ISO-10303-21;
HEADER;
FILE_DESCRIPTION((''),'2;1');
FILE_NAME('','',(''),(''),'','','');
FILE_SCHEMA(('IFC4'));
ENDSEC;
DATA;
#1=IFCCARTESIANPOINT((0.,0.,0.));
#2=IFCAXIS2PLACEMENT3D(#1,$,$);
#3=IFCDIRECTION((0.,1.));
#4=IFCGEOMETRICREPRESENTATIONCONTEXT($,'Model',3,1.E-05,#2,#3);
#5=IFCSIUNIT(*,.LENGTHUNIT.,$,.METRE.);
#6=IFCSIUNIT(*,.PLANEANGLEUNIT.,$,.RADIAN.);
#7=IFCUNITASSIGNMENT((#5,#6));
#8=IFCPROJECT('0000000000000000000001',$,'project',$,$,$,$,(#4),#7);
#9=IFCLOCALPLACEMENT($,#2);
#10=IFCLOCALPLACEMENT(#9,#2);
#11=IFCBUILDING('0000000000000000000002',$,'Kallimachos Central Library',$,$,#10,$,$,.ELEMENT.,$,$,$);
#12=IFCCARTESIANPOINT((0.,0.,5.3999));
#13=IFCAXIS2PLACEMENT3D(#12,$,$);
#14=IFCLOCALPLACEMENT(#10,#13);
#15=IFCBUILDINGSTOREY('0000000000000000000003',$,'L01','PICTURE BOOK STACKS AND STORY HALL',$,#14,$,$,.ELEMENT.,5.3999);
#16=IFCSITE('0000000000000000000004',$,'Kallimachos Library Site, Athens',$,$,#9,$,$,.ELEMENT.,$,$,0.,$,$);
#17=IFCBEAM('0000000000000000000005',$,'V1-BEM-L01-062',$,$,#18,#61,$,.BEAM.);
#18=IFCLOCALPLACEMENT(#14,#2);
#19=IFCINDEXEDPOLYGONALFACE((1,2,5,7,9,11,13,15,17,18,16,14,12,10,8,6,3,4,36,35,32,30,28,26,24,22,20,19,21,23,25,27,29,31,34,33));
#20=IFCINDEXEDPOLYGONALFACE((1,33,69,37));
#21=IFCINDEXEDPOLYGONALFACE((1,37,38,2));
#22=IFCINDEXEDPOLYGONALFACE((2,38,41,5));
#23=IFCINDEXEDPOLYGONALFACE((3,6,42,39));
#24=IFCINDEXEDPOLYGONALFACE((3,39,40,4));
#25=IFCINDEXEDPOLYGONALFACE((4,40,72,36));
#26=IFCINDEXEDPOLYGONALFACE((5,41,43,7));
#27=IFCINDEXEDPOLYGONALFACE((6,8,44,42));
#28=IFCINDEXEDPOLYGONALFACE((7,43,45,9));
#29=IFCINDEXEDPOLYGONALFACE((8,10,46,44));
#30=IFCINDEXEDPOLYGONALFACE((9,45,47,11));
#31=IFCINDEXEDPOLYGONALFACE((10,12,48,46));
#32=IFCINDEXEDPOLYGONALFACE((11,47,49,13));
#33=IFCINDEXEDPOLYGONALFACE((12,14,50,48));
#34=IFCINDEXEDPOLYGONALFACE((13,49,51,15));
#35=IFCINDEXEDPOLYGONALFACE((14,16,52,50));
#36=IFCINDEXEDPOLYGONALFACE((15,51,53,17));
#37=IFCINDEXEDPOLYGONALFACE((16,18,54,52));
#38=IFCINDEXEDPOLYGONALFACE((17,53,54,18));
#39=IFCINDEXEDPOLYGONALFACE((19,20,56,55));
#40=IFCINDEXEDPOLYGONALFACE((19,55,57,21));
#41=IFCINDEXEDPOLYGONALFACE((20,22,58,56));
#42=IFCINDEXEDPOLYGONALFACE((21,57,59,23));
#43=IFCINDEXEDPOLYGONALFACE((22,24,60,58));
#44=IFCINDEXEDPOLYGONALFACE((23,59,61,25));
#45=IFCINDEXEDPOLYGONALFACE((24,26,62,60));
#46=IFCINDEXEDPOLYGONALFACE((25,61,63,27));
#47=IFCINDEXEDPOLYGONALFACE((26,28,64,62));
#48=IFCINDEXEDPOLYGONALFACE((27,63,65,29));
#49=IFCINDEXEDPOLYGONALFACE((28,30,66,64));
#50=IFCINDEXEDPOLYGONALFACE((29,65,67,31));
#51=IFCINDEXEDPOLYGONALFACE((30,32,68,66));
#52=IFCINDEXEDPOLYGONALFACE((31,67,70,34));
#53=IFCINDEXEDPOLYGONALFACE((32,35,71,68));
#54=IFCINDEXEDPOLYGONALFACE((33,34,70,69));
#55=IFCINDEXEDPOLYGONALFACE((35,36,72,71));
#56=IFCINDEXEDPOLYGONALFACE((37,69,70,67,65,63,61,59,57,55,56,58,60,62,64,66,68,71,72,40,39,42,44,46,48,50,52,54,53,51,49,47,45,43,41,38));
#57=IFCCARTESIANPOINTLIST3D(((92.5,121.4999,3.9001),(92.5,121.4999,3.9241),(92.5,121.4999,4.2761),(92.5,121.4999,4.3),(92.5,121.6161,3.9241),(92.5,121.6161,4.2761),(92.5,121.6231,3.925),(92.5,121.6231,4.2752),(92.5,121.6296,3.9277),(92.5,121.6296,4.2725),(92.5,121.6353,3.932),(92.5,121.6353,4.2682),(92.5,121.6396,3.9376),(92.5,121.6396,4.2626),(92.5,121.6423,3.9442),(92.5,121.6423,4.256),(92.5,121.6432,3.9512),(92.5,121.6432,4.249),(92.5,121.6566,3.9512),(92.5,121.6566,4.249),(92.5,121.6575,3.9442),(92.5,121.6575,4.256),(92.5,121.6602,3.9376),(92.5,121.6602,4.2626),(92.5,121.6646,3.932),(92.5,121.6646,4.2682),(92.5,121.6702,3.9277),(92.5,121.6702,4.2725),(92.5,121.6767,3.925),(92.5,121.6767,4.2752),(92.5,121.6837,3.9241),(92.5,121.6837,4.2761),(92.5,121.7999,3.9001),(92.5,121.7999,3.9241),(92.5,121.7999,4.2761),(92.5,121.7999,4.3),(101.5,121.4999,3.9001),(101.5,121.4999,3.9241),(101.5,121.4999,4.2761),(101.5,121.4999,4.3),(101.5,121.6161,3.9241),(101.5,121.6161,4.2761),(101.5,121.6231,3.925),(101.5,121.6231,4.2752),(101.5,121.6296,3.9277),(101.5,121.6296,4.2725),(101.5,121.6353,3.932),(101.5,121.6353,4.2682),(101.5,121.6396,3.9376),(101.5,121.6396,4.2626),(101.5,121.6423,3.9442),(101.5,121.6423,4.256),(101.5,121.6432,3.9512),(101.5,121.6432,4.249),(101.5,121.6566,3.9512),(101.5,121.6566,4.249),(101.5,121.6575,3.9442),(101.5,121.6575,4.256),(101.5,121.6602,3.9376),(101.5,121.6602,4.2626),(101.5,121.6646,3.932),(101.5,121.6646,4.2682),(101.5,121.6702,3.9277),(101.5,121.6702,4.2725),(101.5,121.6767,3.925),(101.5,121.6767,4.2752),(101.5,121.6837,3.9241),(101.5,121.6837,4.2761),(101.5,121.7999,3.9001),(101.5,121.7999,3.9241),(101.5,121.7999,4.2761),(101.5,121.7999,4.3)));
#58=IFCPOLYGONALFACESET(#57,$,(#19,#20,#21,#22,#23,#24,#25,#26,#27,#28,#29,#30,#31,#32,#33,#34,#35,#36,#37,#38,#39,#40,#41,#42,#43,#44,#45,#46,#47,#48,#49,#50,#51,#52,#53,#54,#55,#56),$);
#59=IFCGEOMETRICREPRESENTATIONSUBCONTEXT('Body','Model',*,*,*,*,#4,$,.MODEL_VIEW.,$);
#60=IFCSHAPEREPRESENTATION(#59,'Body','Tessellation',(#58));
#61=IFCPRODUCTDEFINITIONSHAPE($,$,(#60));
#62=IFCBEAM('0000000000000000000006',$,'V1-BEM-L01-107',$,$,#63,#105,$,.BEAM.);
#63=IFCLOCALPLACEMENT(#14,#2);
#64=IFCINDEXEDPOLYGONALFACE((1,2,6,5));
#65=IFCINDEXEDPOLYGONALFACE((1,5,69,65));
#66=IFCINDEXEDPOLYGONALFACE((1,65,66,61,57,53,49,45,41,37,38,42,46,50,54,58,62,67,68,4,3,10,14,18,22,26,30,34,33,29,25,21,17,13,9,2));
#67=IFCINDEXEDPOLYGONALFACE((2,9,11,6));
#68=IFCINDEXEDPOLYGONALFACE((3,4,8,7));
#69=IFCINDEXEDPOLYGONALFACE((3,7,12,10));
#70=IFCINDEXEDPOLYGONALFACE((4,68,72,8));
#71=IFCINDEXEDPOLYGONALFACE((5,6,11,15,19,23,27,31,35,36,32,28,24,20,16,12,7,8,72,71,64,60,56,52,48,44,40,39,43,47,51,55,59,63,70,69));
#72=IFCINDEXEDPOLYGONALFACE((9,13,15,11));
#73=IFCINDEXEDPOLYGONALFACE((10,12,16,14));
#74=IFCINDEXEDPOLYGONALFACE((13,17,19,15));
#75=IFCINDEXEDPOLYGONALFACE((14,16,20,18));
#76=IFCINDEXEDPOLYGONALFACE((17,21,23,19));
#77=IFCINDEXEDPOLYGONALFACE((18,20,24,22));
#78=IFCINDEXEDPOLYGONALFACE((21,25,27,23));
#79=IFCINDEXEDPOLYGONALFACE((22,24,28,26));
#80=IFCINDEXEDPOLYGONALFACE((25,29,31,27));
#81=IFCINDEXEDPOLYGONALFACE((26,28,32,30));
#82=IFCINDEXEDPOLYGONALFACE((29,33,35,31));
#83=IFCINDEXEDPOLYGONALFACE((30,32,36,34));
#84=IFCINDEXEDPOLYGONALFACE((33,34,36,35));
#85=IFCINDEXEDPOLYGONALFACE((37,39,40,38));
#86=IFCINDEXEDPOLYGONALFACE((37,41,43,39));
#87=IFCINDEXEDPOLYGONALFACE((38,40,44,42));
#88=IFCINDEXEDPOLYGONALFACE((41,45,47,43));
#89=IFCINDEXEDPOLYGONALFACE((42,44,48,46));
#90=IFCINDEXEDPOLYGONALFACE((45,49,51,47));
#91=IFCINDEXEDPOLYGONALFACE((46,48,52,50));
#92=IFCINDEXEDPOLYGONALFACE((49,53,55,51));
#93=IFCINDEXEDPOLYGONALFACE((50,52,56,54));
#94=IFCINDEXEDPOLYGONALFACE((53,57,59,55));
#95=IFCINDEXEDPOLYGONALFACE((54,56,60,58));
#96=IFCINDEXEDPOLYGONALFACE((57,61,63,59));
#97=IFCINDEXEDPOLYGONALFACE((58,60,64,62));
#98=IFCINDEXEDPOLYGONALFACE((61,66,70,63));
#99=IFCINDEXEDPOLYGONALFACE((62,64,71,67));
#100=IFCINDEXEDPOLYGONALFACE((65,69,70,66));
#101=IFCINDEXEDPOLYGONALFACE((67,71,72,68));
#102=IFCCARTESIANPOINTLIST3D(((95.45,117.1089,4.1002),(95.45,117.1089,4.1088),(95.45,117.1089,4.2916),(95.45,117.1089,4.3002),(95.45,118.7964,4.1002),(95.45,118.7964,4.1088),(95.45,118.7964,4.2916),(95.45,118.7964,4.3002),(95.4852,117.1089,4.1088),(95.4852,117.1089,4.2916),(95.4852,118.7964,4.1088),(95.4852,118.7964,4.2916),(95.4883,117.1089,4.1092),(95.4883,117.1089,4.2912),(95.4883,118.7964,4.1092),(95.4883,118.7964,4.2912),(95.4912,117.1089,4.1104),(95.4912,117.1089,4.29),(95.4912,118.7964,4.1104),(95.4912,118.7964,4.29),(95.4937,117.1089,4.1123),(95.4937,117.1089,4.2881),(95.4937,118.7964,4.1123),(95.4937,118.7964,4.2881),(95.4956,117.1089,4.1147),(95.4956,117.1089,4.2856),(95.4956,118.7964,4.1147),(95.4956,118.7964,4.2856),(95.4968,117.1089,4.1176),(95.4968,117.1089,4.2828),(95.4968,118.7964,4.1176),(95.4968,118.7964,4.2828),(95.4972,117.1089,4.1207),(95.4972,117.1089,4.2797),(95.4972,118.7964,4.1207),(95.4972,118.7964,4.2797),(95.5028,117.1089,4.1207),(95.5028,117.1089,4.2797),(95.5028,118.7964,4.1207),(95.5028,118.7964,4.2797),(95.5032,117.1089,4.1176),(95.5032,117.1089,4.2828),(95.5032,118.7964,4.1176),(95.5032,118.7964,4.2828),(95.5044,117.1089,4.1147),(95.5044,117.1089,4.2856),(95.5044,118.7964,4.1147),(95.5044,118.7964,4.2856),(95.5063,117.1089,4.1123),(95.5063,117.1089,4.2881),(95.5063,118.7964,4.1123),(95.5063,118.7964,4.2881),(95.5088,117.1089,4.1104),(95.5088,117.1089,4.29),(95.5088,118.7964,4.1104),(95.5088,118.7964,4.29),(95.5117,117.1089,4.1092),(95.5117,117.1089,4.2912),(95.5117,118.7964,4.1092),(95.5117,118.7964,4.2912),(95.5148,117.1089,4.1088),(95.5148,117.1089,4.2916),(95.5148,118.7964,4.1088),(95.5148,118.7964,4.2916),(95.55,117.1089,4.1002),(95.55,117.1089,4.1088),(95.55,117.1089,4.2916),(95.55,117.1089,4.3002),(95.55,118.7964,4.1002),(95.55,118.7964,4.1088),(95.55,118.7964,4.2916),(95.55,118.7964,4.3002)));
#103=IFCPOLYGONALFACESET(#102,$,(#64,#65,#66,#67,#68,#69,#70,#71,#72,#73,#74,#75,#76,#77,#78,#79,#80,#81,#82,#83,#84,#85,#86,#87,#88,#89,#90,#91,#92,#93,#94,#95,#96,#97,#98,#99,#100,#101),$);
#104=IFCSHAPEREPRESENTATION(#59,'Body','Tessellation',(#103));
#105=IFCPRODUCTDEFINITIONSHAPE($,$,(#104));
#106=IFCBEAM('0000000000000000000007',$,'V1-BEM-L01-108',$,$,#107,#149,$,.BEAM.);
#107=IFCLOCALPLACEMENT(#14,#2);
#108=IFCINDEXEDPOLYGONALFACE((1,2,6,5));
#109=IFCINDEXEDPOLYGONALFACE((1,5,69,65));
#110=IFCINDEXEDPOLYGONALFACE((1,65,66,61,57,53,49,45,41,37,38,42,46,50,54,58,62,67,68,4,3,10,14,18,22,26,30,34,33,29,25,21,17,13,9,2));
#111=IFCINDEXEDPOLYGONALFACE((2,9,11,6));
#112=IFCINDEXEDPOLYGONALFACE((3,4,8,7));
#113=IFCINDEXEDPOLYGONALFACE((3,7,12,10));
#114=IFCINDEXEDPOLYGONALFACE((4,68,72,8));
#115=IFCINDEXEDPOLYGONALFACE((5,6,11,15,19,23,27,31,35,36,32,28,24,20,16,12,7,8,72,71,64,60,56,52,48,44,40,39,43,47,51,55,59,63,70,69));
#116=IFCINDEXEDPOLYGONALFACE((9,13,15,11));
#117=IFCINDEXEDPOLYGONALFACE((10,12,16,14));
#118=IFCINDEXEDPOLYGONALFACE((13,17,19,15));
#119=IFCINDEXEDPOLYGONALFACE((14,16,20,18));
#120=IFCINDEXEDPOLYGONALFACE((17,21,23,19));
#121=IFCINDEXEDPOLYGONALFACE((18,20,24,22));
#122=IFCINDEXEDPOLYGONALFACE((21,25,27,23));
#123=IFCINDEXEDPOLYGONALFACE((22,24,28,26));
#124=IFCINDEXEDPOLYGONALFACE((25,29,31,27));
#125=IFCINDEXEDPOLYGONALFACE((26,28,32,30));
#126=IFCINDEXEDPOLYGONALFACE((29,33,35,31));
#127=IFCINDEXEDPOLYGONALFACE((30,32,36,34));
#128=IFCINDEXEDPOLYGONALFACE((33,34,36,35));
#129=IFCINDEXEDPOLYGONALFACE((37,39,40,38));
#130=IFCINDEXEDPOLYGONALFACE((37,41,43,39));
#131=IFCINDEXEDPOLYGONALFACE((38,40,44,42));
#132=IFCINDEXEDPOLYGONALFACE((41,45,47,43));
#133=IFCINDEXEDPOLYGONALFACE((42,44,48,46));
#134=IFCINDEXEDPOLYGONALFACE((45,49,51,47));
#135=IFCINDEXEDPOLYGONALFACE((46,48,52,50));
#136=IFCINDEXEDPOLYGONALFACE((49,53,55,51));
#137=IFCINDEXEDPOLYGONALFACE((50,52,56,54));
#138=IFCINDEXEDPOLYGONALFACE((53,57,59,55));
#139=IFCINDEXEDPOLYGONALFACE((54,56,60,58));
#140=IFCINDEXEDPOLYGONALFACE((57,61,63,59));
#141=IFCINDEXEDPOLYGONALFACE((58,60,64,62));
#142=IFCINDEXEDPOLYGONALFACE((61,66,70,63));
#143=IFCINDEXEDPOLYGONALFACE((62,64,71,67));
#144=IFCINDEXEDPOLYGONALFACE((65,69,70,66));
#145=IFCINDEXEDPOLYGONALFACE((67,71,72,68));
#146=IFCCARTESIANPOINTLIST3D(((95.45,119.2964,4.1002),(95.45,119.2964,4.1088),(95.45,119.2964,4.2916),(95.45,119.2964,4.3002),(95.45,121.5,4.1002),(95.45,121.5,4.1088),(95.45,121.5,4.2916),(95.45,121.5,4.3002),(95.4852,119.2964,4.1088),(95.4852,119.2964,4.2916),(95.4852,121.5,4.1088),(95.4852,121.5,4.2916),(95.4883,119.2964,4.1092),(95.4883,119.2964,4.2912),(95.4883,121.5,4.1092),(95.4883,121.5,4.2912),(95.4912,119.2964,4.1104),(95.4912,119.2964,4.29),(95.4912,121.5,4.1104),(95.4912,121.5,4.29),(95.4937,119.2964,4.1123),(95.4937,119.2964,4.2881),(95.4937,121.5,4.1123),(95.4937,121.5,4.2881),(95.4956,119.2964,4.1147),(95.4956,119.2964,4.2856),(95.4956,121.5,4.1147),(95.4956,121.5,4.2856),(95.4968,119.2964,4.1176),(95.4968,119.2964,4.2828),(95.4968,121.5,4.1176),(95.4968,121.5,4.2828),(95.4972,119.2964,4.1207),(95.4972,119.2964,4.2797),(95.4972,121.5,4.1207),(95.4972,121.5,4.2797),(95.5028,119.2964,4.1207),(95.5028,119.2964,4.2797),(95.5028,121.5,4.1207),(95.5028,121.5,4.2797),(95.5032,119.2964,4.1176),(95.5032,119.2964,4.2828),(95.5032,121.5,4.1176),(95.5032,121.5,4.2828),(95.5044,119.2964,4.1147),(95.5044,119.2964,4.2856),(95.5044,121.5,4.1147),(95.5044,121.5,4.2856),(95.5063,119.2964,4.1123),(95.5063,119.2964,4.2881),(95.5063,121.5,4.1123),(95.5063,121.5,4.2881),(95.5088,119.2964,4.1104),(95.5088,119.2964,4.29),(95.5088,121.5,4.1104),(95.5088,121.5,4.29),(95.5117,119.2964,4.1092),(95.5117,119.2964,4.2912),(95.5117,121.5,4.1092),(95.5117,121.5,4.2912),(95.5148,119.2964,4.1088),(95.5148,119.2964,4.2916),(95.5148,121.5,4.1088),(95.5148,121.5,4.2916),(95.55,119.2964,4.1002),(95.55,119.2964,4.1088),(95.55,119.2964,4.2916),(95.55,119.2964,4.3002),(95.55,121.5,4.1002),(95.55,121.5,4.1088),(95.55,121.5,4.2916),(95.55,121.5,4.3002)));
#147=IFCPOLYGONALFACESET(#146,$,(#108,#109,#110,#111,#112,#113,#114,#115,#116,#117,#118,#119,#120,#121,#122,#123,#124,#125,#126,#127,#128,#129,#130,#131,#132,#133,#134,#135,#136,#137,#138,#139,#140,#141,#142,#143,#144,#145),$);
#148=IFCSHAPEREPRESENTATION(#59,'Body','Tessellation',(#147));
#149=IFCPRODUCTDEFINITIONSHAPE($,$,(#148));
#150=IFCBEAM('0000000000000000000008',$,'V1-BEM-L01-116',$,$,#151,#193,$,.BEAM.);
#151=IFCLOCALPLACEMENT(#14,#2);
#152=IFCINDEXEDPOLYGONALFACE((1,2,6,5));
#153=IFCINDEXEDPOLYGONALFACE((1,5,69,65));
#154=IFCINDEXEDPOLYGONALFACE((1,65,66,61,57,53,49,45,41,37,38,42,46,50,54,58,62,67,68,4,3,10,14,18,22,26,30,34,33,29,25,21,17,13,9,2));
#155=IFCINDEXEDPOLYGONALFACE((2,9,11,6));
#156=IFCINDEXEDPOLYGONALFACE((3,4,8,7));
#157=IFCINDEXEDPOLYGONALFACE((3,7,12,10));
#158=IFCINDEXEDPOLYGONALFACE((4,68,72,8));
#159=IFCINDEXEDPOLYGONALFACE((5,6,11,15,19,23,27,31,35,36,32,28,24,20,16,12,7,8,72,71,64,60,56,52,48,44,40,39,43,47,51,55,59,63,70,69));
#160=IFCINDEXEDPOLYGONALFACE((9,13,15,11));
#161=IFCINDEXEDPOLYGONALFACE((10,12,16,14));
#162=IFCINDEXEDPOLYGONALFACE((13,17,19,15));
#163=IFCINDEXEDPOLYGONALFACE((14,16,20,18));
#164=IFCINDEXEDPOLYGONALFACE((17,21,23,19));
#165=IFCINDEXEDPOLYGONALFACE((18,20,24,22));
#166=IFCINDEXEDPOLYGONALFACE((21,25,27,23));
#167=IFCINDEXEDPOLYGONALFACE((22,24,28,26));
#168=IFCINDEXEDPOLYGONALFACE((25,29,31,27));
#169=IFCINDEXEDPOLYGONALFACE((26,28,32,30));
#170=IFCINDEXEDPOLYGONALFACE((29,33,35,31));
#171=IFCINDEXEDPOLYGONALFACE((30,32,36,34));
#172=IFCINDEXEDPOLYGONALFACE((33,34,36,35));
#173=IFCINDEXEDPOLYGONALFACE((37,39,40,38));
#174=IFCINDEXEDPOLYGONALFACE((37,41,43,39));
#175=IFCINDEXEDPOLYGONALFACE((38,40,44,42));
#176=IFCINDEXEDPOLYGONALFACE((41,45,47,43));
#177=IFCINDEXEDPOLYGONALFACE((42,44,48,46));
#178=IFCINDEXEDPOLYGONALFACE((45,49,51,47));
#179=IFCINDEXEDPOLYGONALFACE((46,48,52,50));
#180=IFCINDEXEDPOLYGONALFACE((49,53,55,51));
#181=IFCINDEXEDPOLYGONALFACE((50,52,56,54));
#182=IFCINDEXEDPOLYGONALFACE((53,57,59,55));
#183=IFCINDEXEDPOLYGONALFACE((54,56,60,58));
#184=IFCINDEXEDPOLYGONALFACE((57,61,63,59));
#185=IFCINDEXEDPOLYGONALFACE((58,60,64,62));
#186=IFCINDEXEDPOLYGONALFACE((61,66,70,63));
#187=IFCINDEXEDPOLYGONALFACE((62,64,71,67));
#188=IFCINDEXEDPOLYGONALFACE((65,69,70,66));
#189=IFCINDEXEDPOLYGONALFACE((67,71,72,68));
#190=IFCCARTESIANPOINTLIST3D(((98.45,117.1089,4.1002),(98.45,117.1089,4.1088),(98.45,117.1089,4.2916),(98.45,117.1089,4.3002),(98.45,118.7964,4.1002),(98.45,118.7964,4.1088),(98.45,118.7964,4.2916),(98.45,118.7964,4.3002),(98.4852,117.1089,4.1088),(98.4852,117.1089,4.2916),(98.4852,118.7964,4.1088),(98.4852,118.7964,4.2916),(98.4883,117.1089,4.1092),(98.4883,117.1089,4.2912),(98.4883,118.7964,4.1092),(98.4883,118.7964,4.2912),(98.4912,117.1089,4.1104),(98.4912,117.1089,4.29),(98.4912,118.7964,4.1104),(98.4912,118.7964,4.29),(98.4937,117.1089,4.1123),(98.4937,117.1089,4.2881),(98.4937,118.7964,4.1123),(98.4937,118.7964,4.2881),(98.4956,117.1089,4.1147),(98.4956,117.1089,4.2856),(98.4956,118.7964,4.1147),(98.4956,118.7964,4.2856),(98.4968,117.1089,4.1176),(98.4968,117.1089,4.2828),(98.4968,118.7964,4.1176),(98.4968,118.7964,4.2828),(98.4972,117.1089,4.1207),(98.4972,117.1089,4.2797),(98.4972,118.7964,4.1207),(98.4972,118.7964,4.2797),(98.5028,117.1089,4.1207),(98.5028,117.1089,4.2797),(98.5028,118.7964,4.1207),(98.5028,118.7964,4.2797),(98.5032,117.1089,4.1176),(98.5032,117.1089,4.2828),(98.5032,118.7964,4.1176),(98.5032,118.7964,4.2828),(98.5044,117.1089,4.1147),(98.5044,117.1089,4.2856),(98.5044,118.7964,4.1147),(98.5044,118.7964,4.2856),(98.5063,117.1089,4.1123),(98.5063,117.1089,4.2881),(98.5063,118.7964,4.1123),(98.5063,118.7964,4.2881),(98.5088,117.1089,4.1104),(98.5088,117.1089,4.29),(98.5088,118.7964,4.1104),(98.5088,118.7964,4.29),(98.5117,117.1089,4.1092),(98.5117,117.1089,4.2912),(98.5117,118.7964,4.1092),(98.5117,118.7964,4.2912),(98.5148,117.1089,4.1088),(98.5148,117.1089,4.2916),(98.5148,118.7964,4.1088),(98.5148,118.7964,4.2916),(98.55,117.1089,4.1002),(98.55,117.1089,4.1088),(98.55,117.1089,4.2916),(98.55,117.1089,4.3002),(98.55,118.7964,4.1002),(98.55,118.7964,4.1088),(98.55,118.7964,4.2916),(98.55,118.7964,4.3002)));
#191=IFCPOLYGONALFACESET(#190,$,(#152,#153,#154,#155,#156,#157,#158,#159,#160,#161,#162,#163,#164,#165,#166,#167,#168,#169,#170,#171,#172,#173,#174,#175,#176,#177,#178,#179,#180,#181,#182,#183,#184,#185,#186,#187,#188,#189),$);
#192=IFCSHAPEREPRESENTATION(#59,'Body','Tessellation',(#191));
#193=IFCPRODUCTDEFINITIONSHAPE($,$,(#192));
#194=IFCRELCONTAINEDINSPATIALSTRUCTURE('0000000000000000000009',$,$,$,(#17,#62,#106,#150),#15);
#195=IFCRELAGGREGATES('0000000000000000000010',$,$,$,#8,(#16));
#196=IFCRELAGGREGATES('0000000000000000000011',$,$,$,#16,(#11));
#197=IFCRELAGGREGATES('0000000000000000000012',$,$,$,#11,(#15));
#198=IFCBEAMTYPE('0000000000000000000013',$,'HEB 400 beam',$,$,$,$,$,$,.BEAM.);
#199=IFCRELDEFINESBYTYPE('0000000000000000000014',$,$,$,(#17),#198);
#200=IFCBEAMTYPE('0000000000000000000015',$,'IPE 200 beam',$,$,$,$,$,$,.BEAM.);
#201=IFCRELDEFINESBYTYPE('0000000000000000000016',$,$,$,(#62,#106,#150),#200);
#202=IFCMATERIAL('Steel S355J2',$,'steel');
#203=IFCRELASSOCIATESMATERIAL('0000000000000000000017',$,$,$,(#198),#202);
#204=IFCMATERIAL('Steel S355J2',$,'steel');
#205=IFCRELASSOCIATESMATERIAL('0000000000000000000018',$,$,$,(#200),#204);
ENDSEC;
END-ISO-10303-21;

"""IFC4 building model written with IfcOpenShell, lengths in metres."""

from ifc_helpers import new_model, si_unit, direction, frame, origin, origin_2d, place, context, subcontext, project, spatial, i_section, extrude, material, material_profile, profile_set, type_object, element, save


model = new_model("IFC4")

# Units and contexts
model_context = context("Model", 3, precision=1e-05, world=origin(), true_north=direction((0.0, 1.0)))
body_context = subcontext(model_context, "Body", "Model", "MODEL_VIEW")
ifc_project = project(units=[si_unit("LENGTHUNIT", "METRE"), si_unit("PLANEANGLEUNIT", "RADIAN")], contexts=[model_context])

# Site, building, storey
site_placement = place(None, origin())
site = spatial("IfcSite", under=ifc_project, at=site_placement, Name="Kallimachos Library Site, Athens", CompositionType="ELEMENT", RefElevation=0.0)
building_placement = place(site_placement, origin())
building = spatial("IfcBuilding", under=site, at=building_placement, Name="Kallimachos Central Library", CompositionType="ELEMENT")
storey_placement = place(building_placement, frame((0.0, 0.0, 5.3999)))
storey = spatial("IfcBuildingStorey", under=building, at=storey_placement, Name="L01", Description="PICTURE BOOK STACKS AND STORY HALL", CompositionType="ELEMENT", Elevation=5.3999)

# Beams
ifc_material_1 = material(Name="Steel S355J2", Category="steel")
ifc_material_profile_1 = material_profile(ifc_material_1, i_section(OverallWidth=0.3, OverallDepth=0.3999, WebThickness=0.0134, FlangeThickness=0.0239, FilletRadius=0.0271, at=origin_2d()), Name="HEB 400")
ifc_profile_set_1 = profile_set([ifc_material_profile_1], Name="Steel S355J2")
beam_type_1 = type_object("IfcBeamType", Name="HEB 400 beam", PredefinedType="BEAM", material=ifc_profile_set_1)
beam_1_placement = place(storey_placement, frame((92.5, 121.6499, 4.1001), z_axis=(1.0, 0.0, 0.0), x_axis=(0.0, 1.0, 0.0)))
element("IfcBeam", 1, at=beam_1_placement, inside=storey, type_object=beam_type_1, Name="V1-BEM-L01-062", PredefinedType="BEAM", context=body_context, shape_type="SweptSolid", body=[
    extrude(i_section(OverallWidth=0.3, OverallDepth=0.3999, WebThickness=0.0134, FlangeThickness=0.0239, FilletRadius=0.0271, at=origin_2d()), origin(), (0.0, 0.0, 1.0), 9.0),
])
ifc_material_2 = material(Name="Steel S355J2", Category="steel")
ifc_material_profile_2 = material_profile(ifc_material_2, i_section(OverallWidth=0.1001, OverallDepth=0.2, WebThickness=0.0056, FlangeThickness=0.0085, FilletRadius=0.012, at=origin_2d()), Name="IPE 200")
ifc_profile_set_2 = profile_set([ifc_material_profile_2], Name="Steel S355J2")
beam_type_2 = type_object("IfcBeamType", Name="IPE 200 beam", PredefinedType="BEAM", material=ifc_profile_set_2)
beam_2_placement = place(storey_placement, frame((95.5, 117.1089, 4.2002), z_axis=(0.0, 1.0, 0.0), x_axis=(-1.0, 0.0, 0.0)))
element("IfcBeam", 2, at=beam_2_placement, inside=storey, type_object=beam_type_2, Name="V1-BEM-L01-107", PredefinedType="BEAM", context=body_context, shape_type="SweptSolid", body=[
    extrude(i_section(OverallWidth=0.1001, OverallDepth=0.2, WebThickness=0.0056, FlangeThickness=0.0085, FilletRadius=0.012, at=origin_2d()), origin(), (0.0, 0.0, 1.0), 1.6875),
])
beam_3_placement = place(storey_placement, frame((95.5, 119.2964, 4.2002), z_axis=(0.0, 1.0, 0.0), x_axis=(-1.0, 0.0, 0.0)))
element("IfcBeam", 3, at=beam_3_placement, inside=storey, type_object=beam_type_2, Name="V1-BEM-L01-108", PredefinedType="BEAM", context=body_context, shape_type="SweptSolid", body=[
    extrude(i_section(OverallWidth=0.1001, OverallDepth=0.2, WebThickness=0.0056, FlangeThickness=0.0085, FilletRadius=0.012, at=origin_2d()), origin(), (0.0, 0.0, 1.0), 2.2036),
])
beam_4_placement = place(storey_placement, frame((98.5, 117.1089, 4.2002), z_axis=(0.0, 1.0, 0.0), x_axis=(-1.0, 0.0, 0.0)))
element("IfcBeam", 4, at=beam_4_placement, inside=storey, type_object=beam_type_2, Name="V1-BEM-L01-116", PredefinedType="BEAM", context=body_context, shape_type="SweptSolid", body=[
    extrude(i_section(OverallWidth=0.1001, OverallDepth=0.2, WebThickness=0.0056, FlangeThickness=0.0085, FilletRadius=0.012, at=origin_2d()), origin(), (0.0, 0.0, 1.0), 1.6875),
])

save(model, "model.ifc")
